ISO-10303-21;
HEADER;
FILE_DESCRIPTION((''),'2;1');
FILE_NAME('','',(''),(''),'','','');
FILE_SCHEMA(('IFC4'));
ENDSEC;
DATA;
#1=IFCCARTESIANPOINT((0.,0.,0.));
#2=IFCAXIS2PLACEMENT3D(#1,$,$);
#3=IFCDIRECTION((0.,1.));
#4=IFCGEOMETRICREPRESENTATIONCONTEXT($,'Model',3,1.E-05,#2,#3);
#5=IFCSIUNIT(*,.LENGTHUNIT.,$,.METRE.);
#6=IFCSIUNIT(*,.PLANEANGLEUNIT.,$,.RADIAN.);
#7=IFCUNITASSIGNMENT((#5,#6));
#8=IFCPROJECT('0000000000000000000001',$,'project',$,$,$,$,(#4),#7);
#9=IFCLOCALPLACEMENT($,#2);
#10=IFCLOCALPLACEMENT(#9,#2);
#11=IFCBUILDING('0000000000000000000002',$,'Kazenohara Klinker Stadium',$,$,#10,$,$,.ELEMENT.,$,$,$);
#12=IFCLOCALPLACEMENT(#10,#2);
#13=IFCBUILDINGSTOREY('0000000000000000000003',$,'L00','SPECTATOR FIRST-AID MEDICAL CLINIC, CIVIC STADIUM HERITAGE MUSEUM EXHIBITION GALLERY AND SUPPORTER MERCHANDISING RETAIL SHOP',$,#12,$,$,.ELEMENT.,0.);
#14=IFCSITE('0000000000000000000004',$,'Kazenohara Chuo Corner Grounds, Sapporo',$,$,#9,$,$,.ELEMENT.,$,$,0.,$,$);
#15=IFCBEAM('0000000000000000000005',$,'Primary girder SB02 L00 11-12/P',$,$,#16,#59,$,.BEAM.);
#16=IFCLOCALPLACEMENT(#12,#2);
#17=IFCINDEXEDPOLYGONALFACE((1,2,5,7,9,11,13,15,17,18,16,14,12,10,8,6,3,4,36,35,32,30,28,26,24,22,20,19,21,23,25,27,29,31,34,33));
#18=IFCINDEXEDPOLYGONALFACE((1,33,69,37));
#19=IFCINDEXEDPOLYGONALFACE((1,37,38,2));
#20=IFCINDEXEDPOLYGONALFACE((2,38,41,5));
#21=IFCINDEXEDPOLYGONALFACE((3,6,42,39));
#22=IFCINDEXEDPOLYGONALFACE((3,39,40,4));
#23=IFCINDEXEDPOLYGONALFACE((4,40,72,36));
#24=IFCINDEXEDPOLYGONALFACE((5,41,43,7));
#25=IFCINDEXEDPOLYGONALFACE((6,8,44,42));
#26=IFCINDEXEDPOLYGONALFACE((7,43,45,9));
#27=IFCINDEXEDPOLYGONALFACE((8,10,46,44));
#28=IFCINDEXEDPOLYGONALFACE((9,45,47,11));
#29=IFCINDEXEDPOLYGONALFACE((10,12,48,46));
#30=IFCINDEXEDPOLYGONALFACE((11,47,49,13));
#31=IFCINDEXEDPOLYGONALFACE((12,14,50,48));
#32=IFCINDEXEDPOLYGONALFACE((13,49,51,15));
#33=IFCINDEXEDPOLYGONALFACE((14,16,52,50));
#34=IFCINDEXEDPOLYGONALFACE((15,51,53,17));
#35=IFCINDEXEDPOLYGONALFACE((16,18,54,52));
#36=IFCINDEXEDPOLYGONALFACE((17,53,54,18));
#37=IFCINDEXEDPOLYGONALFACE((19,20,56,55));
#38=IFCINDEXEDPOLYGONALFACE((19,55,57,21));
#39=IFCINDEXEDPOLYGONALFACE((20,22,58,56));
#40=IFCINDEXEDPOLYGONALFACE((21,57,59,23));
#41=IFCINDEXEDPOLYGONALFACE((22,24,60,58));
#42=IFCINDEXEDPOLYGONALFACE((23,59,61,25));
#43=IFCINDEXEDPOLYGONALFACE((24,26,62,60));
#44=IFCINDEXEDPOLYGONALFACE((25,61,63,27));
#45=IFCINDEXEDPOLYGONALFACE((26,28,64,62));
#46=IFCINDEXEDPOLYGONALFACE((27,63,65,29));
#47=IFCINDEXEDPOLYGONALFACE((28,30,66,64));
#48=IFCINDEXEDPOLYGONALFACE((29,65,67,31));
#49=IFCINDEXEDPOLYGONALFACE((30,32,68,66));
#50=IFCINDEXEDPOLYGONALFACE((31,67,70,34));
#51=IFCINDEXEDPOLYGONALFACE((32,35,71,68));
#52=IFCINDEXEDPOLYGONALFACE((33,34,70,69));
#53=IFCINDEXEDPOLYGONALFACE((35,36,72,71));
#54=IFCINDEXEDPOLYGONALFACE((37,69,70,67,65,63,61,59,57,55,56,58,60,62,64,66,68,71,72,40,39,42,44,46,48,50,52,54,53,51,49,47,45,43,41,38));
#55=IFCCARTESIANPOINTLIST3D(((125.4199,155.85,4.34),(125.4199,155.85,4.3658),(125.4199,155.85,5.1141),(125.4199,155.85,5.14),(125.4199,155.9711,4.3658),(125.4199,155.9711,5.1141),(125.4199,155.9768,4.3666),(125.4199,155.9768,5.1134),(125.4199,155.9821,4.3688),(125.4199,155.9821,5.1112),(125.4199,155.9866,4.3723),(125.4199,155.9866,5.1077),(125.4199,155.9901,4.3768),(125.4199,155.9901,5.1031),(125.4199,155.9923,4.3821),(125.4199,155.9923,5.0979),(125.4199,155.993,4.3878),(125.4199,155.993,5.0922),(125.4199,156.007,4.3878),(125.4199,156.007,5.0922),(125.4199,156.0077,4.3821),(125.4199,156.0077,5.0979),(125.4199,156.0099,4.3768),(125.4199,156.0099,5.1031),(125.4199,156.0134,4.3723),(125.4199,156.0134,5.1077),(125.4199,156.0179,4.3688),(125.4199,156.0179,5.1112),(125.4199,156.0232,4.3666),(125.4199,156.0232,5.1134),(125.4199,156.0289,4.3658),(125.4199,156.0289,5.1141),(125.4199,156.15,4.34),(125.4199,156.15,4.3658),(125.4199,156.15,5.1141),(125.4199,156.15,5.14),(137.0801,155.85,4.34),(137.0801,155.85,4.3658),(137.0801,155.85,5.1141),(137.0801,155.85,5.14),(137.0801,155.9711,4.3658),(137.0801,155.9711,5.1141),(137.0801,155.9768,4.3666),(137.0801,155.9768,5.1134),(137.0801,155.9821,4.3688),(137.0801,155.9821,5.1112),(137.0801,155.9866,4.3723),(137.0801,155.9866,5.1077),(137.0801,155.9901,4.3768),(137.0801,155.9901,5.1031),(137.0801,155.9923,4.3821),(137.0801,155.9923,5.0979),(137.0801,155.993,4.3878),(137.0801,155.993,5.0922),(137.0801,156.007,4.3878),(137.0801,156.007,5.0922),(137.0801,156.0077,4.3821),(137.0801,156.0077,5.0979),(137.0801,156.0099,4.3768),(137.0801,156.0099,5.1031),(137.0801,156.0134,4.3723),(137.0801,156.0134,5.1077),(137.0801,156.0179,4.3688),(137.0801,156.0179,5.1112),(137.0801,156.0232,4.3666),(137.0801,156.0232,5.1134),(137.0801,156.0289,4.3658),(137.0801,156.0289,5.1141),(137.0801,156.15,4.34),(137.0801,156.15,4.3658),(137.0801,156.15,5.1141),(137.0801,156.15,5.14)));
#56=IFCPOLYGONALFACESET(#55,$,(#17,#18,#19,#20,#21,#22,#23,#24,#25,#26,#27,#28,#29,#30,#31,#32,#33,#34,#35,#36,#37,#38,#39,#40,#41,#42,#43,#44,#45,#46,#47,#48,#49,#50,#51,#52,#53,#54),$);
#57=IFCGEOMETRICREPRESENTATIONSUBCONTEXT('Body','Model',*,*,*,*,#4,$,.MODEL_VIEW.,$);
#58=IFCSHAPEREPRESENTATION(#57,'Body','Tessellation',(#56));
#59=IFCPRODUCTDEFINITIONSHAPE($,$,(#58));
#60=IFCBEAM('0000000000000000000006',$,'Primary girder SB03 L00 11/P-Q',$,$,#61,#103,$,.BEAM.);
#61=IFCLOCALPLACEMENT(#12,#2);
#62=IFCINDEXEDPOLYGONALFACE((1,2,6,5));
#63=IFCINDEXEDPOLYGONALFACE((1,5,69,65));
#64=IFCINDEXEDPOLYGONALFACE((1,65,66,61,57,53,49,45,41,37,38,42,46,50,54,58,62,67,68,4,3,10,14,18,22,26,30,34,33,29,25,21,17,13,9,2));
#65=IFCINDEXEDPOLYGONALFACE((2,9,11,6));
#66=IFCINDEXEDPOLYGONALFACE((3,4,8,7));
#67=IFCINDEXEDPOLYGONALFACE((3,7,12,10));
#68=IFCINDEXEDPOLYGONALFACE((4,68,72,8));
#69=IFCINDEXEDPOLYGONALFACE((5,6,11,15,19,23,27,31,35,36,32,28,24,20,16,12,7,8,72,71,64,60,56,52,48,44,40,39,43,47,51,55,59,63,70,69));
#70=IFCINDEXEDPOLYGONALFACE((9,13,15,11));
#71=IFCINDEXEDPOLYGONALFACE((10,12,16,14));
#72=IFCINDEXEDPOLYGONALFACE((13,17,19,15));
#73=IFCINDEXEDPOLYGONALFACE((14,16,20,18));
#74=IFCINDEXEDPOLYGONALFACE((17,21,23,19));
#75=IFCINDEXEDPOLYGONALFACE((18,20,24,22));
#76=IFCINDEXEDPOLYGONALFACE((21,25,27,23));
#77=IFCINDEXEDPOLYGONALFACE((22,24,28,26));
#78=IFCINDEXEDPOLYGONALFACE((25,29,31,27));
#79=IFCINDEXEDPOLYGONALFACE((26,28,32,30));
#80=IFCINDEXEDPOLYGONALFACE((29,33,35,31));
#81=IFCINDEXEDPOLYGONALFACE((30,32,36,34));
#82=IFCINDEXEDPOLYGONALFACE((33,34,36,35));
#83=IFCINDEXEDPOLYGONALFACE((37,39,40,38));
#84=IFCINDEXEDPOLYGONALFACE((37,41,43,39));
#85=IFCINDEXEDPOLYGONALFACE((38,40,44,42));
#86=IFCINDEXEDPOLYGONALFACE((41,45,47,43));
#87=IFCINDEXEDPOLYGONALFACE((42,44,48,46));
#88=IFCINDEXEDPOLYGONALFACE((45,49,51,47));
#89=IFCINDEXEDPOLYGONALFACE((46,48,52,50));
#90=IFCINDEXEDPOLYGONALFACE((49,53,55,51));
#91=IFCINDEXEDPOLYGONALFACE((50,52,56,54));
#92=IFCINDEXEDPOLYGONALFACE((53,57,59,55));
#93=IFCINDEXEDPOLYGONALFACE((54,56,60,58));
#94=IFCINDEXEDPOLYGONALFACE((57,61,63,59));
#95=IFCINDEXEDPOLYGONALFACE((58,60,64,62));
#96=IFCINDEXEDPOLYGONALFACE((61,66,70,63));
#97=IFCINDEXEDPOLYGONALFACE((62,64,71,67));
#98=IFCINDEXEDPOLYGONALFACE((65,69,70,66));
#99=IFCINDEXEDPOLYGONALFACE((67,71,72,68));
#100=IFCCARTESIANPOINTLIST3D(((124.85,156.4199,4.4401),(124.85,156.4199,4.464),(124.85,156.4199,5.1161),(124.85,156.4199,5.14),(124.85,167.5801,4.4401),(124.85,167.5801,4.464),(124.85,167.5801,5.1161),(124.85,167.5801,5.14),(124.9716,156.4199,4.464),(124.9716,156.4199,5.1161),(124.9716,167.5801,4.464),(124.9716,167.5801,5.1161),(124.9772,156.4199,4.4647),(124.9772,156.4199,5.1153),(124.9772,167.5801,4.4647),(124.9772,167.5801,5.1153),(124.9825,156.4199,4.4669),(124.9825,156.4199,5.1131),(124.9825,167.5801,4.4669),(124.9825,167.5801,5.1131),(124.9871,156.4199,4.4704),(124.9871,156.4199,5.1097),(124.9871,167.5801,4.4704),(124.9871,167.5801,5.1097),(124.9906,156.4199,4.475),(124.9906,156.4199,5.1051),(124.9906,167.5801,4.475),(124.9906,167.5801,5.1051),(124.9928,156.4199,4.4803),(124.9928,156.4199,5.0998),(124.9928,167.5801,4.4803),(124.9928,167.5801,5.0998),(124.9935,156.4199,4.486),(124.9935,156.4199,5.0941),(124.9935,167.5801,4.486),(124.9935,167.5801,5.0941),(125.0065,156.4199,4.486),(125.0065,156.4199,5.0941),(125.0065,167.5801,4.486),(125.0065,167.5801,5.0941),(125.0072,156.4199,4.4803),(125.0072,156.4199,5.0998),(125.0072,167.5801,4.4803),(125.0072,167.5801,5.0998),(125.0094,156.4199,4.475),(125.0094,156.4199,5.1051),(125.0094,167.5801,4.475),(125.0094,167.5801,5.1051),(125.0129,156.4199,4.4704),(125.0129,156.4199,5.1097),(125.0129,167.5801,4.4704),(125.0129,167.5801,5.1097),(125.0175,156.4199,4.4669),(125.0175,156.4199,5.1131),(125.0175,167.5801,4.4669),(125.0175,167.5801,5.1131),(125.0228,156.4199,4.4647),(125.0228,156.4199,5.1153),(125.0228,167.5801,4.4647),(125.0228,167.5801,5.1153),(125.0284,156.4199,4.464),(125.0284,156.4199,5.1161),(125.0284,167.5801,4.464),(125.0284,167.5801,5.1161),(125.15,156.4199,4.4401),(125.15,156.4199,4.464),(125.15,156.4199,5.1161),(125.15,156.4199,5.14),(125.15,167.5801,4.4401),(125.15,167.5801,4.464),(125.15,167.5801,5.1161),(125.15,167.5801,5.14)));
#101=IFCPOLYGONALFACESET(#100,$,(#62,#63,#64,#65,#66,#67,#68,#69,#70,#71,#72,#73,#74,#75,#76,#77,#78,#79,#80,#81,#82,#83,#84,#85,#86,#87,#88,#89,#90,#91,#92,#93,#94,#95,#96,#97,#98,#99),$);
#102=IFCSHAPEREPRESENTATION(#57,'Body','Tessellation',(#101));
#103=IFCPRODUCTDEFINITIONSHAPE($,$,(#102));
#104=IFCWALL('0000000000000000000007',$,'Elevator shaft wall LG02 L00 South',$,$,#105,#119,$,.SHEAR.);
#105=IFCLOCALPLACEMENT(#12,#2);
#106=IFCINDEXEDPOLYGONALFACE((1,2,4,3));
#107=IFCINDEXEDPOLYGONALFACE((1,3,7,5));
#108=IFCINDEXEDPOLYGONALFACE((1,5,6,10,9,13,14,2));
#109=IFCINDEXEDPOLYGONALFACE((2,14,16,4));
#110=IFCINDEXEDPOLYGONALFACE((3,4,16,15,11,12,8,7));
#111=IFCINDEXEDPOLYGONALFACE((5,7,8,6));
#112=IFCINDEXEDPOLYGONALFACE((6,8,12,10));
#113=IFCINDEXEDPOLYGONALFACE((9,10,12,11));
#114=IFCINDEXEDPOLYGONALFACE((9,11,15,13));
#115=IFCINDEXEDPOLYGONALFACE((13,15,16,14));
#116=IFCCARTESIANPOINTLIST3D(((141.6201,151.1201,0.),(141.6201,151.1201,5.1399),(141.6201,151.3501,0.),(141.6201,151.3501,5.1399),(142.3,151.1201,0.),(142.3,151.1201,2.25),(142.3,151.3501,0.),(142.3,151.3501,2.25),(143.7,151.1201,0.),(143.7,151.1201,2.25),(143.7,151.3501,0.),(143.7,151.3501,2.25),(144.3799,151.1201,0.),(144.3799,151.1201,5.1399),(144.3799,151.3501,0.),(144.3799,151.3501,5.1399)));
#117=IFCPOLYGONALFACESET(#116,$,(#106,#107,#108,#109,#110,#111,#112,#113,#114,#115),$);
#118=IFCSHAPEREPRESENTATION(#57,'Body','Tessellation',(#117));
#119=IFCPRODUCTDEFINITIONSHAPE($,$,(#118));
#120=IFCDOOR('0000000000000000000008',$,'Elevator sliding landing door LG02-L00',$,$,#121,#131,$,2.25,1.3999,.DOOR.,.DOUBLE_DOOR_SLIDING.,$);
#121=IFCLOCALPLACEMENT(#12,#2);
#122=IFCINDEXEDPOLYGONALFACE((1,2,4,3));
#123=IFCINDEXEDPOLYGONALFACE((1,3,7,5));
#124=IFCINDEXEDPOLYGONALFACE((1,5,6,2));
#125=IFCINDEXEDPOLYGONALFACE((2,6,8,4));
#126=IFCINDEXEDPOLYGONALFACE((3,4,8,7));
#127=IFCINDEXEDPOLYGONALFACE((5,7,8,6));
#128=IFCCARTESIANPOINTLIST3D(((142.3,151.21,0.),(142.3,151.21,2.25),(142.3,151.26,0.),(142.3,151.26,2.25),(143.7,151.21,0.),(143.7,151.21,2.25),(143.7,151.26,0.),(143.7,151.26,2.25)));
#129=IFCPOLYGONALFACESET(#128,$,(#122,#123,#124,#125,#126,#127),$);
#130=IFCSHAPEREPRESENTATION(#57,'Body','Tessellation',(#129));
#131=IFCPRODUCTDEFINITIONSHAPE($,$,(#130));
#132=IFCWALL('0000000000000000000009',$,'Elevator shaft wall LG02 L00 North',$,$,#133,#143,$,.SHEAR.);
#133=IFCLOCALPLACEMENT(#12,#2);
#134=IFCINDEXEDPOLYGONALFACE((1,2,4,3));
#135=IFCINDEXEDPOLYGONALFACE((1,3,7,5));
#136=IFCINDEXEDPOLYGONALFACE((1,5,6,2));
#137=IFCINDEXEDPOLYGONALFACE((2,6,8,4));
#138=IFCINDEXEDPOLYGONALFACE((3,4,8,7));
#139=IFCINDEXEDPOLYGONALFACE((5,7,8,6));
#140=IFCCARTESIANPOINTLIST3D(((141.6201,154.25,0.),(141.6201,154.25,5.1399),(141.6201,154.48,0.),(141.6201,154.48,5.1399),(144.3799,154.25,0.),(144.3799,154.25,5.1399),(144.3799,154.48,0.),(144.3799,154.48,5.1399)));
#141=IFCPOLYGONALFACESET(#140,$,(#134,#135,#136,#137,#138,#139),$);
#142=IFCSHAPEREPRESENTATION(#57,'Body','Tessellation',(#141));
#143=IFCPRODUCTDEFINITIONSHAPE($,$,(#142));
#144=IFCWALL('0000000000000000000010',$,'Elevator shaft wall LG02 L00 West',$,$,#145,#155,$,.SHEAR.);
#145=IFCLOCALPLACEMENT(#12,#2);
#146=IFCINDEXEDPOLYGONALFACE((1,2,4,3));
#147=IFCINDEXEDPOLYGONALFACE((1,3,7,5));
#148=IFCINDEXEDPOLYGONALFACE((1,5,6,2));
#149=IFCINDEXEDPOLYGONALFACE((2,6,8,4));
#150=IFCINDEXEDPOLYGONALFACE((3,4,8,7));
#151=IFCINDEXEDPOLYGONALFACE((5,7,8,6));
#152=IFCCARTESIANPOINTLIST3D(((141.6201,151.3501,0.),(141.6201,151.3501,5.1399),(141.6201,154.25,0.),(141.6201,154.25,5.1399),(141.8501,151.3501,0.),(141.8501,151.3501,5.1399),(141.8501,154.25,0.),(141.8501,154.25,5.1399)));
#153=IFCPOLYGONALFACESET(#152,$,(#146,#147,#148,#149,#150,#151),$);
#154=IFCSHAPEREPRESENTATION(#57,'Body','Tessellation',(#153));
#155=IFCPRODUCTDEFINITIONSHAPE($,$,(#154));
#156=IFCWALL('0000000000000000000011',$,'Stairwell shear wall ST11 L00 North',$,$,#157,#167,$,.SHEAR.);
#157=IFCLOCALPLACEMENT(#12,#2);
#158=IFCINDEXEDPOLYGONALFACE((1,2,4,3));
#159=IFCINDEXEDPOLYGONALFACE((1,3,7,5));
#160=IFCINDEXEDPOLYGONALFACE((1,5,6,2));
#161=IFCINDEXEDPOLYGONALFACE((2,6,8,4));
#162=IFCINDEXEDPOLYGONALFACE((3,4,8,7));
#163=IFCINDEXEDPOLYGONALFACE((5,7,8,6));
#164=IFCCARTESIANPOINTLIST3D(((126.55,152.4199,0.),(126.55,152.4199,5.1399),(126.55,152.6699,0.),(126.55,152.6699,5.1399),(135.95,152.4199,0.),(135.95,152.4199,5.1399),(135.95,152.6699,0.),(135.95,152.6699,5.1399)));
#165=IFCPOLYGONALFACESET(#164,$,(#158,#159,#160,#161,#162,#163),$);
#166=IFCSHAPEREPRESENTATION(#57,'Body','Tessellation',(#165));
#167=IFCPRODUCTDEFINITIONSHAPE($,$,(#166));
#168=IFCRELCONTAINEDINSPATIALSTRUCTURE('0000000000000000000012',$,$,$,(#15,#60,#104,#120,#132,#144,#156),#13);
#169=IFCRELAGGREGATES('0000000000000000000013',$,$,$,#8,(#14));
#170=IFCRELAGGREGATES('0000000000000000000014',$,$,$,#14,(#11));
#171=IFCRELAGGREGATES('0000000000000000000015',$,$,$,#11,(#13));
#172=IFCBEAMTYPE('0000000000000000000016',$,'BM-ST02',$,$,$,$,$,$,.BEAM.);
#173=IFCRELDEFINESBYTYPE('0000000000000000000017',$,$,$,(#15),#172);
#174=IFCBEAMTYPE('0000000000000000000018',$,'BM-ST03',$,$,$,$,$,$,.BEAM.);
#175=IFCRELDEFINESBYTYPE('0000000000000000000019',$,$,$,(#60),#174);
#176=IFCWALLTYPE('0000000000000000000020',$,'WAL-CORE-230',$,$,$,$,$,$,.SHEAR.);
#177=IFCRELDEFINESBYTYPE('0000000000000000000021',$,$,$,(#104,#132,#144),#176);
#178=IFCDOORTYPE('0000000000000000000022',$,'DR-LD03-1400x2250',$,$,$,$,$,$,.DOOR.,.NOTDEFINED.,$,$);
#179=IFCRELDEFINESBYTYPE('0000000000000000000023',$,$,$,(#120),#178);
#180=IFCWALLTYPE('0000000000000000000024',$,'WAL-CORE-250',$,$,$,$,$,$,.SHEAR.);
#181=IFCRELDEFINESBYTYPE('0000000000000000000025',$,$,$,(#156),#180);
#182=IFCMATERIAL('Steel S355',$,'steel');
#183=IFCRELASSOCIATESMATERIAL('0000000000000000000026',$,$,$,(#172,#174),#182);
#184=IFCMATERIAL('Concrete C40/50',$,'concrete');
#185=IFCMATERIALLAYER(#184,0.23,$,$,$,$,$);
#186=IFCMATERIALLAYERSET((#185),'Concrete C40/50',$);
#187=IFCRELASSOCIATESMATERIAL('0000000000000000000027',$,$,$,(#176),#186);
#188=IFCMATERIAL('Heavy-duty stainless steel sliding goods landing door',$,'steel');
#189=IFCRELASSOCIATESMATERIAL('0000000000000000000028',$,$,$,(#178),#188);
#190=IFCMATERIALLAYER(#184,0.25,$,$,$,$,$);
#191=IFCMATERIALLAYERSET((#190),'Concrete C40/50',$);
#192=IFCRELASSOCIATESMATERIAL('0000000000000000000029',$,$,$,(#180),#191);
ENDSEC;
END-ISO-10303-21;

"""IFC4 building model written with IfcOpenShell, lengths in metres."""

from ifc_helpers import new_model, si_unit, direction, frame, frame_2d, origin, origin_2d, place, context, subcontext, project, spatial, rectangle, i_section, extrude, material, layer, layer_set, material_profile, profile_set, type_object, element, fill, save


model = new_model("IFC4")

# Units and contexts
model_context = context("Model", 3, precision=1e-05, world=origin(), true_north=direction((0.0, 1.0)))
body_context = subcontext(model_context, "Body", "Model", "MODEL_VIEW")
ifc_project = project(units=[si_unit("LENGTHUNIT", "METRE"), si_unit("PLANEANGLEUNIT", "RADIAN")], contexts=[model_context])

# Site, building, storey
site_placement = place(None, origin())
site = spatial("IfcSite", under=ifc_project, at=site_placement, Name="Kazenohara Chuo Corner Grounds, Sapporo", CompositionType="ELEMENT", RefElevation=0.0)
building_placement = place(site_placement, origin())
building = spatial("IfcBuilding", under=site, at=building_placement, Name="Kazenohara Klinker Stadium", CompositionType="ELEMENT")
storey_placement = place(building_placement, origin())
storey = spatial("IfcBuildingStorey", under=building, at=storey_placement, Name="L00", Description="SPECTATOR FIRST-AID MEDICAL CLINIC, CIVIC STADIUM HERITAGE MUSEUM EXHIBITION GALLERY AND SUPPORTER MERCHANDISING RETAIL SHOP", CompositionType="ELEMENT", Elevation=0.0)

# Shared definitions
ifc_material_1 = material(Name="Concrete C40/50", Category="concrete")

# Beams
ifc_material_2 = material(Name="Steel S355", Category="steel")
ifc_material_profile_1 = material_profile(ifc_material_2, i_section(OverallWidth=0.3, OverallDepth=0.8, WebThickness=0.0139, FlangeThickness=0.0259, FilletRadius=0.022, at=origin_2d()), Name="H-800x300x14x26")
ifc_profile_set_1 = profile_set([ifc_material_profile_1], Name="Steel S355")
beam_type_1 = type_object("IfcBeamType", Name="BM-ST02", PredefinedType="BEAM", material=ifc_profile_set_1)
beam_1_placement = place(storey_placement, frame((125.4199, 156.0, 4.74), z_axis=(1.0, 0.0, 0.0), x_axis=(0.0, 1.0, 0.0)))
element("IfcBeam", 1, at=beam_1_placement, inside=storey, type_object=beam_type_1, Name="Primary girder SB02 L00 11-12/P", PredefinedType="BEAM", context=body_context, shape_type="SweptSolid", body=[
    extrude(i_section(OverallWidth=0.3, OverallDepth=0.8, WebThickness=0.0139, FlangeThickness=0.0259, FilletRadius=0.022, at=origin_2d()), origin(), (0.0, 0.0, 1.0), 11.6602),
])
ifc_material_profile_2 = material_profile(ifc_material_2, i_section(OverallWidth=0.3, OverallDepth=0.7, WebThickness=0.0129, FlangeThickness=0.0239, FilletRadius=0.022, at=origin_2d()), Name="H-700x300x13x24")
ifc_profile_set_2 = profile_set([ifc_material_profile_2], Name="Steel S355")
beam_type_2 = type_object("IfcBeamType", Name="BM-ST03", PredefinedType="BEAM", material=ifc_profile_set_2)
beam_2_placement = place(storey_placement, frame((125.0, 156.4199, 4.79), z_axis=(0.0, 1.0, 0.0), x_axis=(-1.0, 0.0, 0.0)))
element("IfcBeam", 2, at=beam_2_placement, inside=storey, type_object=beam_type_2, Name="Primary girder SB03 L00 11/P-Q", PredefinedType="BEAM", context=body_context, shape_type="SweptSolid", body=[
    extrude(i_section(OverallWidth=0.3, OverallDepth=0.7, WebThickness=0.0129, FlangeThickness=0.0239, FilletRadius=0.022, at=origin_2d()), origin(), (0.0, 0.0, 1.0), 11.1602),
])

# Wall, opening, door
ifc_layer_1 = layer(ifc_material_1, 0.23)
ifc_layer_set_1 = layer_set([ifc_layer_1], Name="Concrete C40/50")
wall_type_1 = type_object("IfcWallType", Name="WAL-CORE-230", PredefinedType="SHEAR", material=ifc_layer_set_1)
wall_1_placement = place(storey_placement, frame((141.6201, 151.2351, 0.0), z_axis=(0.0, 0.0, 1.0), x_axis=(1.0, 0.0, 0.0)))
wall_1 = element("IfcWall", 3, at=wall_1_placement, inside=storey, type_object=wall_type_1, Name="Elevator shaft wall LG02 L00 South", PredefinedType="SHEAR", context=body_context, shape_type="SweptSolid", body=[
    extrude(rectangle(XDim=2.7598, YDim=0.23, at=frame_2d((1.3799, 0.0))), origin(), (0.0, 0.0, 1.0), 5.1399),
])
opening_1_placement = place(wall_1_placement, frame((0.6799, 0.0, 0.0)))
opening_1 = element("IfcOpeningElement", 4, at=opening_1_placement, cuts=wall_1, PredefinedType="OPENING", context=body_context, shape_type="SweptSolid", body=[
    extrude(rectangle(XDim=1.3999, YDim=2.25, at=frame_2d((0.7, 1.125))), frame((0.0, 0.125, 0.0), z_axis=(0.0, -1.0, 0.0), x_axis=(1.0, 0.0, 0.0)), (0.0, 0.0, 1.0), 0.25),
])
ifc_material_3 = material(Name="Heavy-duty stainless steel sliding goods landing door", Category="steel")
door_type_1 = type_object("IfcDoorType", Name="DR-LD03-1400x2250", OperationType="NOTDEFINED", PredefinedType="DOOR", material=ifc_material_3)
door_1_placement = place(opening_1_placement, origin())
door_1 = element("IfcDoor", 5, at=door_1_placement, inside=storey, type_object=door_type_1, Name="Elevator sliding landing door LG02-L00", OperationType="DOUBLE_DOOR_SLIDING", OverallHeight=2.25, OverallWidth=1.3999, PredefinedType="DOOR", context=body_context, shape_type="SweptSolid", body=[
    extrude(rectangle(XDim=1.3999, YDim=2.25, at=frame_2d((0.7, 1.125))), frame((0.0, 0.0249, 0.0), z_axis=(0.0, -1.0, 0.0), x_axis=(1.0, 0.0, 0.0)), (0.0, 0.0, 1.0), 0.05),
])
fill(opening_1, door_1)

# Walls
wall_2_placement = place(storey_placement, frame((141.6201, 154.365, 0.0), z_axis=(0.0, 0.0, 1.0), x_axis=(1.0, 0.0, 0.0)))
element("IfcWall", 6, at=wall_2_placement, inside=storey, type_object=wall_type_1, Name="Elevator shaft wall LG02 L00 North", PredefinedType="SHEAR", context=body_context, shape_type="SweptSolid", body=[
    extrude(rectangle(XDim=2.7598, YDim=0.23, at=frame_2d((1.3799, 0.0))), origin(), (0.0, 0.0, 1.0), 5.1399),
])
wall_3_placement = place(storey_placement, frame((141.7351, 151.3501, 0.0), z_axis=(0.0, 0.0, 1.0), x_axis=(0.0, 1.0, 0.0)))
element("IfcWall", 7, at=wall_3_placement, inside=storey, type_object=wall_type_1, Name="Elevator shaft wall LG02 L00 West", PredefinedType="SHEAR", context=body_context, shape_type="SweptSolid", body=[
    extrude(rectangle(XDim=2.8999, YDim=0.23, at=frame_2d((1.45, 0.0))), origin(), (0.0, 0.0, 1.0), 5.1399),
])
ifc_layer_2 = layer(ifc_material_1, 0.25)
ifc_layer_set_2 = layer_set([ifc_layer_2], Name="Concrete C40/50")
wall_type_2 = type_object("IfcWallType", Name="WAL-CORE-250", PredefinedType="SHEAR", material=ifc_layer_set_2)
wall_4_placement = place(storey_placement, frame((126.55, 152.5449, 0.0), z_axis=(0.0, 0.0, 1.0), x_axis=(1.0, 0.0, 0.0)))
element("IfcWall", 8, at=wall_4_placement, inside=storey, type_object=wall_type_2, Name="Stairwell shear wall ST11 L00 North", PredefinedType="SHEAR", context=body_context, shape_type="SweptSolid", body=[
    extrude(rectangle(XDim=9.3999, YDim=0.25, at=frame_2d((4.7, 0.0))), origin(), (0.0, 0.0, 1.0), 5.1399),
])

save(model, "model.ifc")
